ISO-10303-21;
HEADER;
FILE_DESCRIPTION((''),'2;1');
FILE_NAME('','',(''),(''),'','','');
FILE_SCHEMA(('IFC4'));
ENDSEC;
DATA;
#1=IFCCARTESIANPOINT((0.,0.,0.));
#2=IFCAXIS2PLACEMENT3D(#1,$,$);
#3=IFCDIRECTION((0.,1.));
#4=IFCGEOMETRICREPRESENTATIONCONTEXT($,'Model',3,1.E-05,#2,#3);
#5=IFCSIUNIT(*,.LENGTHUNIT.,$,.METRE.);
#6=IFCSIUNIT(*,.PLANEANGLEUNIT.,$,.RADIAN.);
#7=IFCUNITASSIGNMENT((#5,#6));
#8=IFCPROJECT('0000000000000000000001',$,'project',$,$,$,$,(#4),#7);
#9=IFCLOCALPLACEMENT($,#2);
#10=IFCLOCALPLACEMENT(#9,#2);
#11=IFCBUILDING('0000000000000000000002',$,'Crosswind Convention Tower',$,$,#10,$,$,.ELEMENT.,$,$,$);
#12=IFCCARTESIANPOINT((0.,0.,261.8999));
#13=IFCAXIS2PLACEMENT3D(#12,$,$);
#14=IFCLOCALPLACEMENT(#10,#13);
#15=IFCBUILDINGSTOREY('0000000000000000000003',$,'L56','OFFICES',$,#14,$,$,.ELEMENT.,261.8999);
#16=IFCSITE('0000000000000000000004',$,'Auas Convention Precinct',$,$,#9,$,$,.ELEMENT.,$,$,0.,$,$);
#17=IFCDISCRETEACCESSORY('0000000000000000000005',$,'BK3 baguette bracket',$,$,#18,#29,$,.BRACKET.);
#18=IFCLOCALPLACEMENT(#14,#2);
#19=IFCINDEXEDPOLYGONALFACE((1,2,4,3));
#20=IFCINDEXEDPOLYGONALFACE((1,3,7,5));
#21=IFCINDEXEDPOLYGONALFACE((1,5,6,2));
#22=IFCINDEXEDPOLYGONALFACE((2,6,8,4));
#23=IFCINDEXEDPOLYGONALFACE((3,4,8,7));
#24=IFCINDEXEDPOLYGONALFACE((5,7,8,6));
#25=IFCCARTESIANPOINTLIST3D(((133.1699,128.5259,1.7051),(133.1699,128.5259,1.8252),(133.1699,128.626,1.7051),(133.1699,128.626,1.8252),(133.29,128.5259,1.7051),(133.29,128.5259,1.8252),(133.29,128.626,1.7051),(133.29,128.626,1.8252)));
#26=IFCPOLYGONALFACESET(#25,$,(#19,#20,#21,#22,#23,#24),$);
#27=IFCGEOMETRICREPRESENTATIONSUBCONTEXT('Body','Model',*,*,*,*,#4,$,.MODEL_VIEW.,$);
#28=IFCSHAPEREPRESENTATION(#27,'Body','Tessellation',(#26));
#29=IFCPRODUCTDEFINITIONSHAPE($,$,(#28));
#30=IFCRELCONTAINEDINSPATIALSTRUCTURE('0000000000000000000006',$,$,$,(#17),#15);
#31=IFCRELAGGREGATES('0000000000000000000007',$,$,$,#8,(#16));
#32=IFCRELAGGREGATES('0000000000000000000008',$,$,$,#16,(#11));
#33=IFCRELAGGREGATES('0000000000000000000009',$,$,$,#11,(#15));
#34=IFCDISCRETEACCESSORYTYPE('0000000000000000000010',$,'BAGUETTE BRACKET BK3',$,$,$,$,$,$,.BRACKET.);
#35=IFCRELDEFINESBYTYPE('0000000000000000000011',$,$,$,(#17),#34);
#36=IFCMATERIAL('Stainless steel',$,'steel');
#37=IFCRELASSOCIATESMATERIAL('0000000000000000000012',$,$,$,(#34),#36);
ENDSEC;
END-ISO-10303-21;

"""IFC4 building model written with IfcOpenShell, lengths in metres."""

from ifc_helpers import new_model, si_unit, direction, frame, origin, origin_2d, place, context, subcontext, project, spatial, rectangle, extrude, material, type_object, element, save


model = new_model("IFC4")

# Units and contexts
model_context = context("Model", 3, precision=1e-05, world=origin(), true_north=direction((0.0, 1.0)))
body_context = subcontext(model_context, "Body", "Model", "MODEL_VIEW")
ifc_project = project(units=[si_unit("LENGTHUNIT", "METRE"), si_unit("PLANEANGLEUNIT", "RADIAN")], contexts=[model_context])

# Site, building, storey
site_placement = place(None, origin())
site = spatial("IfcSite", under=ifc_project, at=site_placement, Name="Auas Convention Precinct", CompositionType="ELEMENT", RefElevation=0.0)
building_placement = place(site_placement, origin())
building = spatial("IfcBuilding", under=site, at=building_placement, Name="Crosswind Convention Tower", CompositionType="ELEMENT")
storey_placement = place(building_placement, frame((0.0, 0.0, 261.8999)))
storey = spatial("IfcBuildingStorey", under=building, at=storey_placement, Name="L56", Description="OFFICES", CompositionType="ELEMENT", Elevation=261.8999)

# Discrete accessory
ifc_material_1 = material(Name="Stainless steel", Category="steel")
discrete_accessory_type = type_object("IfcDiscreteAccessoryType", Name="BAGUETTE BRACKET BK3", PredefinedType="BRACKET", material=ifc_material_1)
discrete_accessory_placement = place(storey_placement, frame((133.23, 128.5759, 1.7051), z_axis=(0.0, 0.0, 1.0), x_axis=(-1.0, 0.0, 0.0)))
element("IfcDiscreteAccessory", 1, at=discrete_accessory_placement, inside=storey, type_object=discrete_accessory_type, Name="BK3 baguette bracket", PredefinedType="BRACKET", context=body_context, shape_type="SweptSolid", body=[
    extrude(rectangle(XDim=0.1201, YDim=0.1001, at=origin_2d()), origin(), (0.0, 0.0, 1.0), 0.1201),
])

save(model, "model.ifc")
